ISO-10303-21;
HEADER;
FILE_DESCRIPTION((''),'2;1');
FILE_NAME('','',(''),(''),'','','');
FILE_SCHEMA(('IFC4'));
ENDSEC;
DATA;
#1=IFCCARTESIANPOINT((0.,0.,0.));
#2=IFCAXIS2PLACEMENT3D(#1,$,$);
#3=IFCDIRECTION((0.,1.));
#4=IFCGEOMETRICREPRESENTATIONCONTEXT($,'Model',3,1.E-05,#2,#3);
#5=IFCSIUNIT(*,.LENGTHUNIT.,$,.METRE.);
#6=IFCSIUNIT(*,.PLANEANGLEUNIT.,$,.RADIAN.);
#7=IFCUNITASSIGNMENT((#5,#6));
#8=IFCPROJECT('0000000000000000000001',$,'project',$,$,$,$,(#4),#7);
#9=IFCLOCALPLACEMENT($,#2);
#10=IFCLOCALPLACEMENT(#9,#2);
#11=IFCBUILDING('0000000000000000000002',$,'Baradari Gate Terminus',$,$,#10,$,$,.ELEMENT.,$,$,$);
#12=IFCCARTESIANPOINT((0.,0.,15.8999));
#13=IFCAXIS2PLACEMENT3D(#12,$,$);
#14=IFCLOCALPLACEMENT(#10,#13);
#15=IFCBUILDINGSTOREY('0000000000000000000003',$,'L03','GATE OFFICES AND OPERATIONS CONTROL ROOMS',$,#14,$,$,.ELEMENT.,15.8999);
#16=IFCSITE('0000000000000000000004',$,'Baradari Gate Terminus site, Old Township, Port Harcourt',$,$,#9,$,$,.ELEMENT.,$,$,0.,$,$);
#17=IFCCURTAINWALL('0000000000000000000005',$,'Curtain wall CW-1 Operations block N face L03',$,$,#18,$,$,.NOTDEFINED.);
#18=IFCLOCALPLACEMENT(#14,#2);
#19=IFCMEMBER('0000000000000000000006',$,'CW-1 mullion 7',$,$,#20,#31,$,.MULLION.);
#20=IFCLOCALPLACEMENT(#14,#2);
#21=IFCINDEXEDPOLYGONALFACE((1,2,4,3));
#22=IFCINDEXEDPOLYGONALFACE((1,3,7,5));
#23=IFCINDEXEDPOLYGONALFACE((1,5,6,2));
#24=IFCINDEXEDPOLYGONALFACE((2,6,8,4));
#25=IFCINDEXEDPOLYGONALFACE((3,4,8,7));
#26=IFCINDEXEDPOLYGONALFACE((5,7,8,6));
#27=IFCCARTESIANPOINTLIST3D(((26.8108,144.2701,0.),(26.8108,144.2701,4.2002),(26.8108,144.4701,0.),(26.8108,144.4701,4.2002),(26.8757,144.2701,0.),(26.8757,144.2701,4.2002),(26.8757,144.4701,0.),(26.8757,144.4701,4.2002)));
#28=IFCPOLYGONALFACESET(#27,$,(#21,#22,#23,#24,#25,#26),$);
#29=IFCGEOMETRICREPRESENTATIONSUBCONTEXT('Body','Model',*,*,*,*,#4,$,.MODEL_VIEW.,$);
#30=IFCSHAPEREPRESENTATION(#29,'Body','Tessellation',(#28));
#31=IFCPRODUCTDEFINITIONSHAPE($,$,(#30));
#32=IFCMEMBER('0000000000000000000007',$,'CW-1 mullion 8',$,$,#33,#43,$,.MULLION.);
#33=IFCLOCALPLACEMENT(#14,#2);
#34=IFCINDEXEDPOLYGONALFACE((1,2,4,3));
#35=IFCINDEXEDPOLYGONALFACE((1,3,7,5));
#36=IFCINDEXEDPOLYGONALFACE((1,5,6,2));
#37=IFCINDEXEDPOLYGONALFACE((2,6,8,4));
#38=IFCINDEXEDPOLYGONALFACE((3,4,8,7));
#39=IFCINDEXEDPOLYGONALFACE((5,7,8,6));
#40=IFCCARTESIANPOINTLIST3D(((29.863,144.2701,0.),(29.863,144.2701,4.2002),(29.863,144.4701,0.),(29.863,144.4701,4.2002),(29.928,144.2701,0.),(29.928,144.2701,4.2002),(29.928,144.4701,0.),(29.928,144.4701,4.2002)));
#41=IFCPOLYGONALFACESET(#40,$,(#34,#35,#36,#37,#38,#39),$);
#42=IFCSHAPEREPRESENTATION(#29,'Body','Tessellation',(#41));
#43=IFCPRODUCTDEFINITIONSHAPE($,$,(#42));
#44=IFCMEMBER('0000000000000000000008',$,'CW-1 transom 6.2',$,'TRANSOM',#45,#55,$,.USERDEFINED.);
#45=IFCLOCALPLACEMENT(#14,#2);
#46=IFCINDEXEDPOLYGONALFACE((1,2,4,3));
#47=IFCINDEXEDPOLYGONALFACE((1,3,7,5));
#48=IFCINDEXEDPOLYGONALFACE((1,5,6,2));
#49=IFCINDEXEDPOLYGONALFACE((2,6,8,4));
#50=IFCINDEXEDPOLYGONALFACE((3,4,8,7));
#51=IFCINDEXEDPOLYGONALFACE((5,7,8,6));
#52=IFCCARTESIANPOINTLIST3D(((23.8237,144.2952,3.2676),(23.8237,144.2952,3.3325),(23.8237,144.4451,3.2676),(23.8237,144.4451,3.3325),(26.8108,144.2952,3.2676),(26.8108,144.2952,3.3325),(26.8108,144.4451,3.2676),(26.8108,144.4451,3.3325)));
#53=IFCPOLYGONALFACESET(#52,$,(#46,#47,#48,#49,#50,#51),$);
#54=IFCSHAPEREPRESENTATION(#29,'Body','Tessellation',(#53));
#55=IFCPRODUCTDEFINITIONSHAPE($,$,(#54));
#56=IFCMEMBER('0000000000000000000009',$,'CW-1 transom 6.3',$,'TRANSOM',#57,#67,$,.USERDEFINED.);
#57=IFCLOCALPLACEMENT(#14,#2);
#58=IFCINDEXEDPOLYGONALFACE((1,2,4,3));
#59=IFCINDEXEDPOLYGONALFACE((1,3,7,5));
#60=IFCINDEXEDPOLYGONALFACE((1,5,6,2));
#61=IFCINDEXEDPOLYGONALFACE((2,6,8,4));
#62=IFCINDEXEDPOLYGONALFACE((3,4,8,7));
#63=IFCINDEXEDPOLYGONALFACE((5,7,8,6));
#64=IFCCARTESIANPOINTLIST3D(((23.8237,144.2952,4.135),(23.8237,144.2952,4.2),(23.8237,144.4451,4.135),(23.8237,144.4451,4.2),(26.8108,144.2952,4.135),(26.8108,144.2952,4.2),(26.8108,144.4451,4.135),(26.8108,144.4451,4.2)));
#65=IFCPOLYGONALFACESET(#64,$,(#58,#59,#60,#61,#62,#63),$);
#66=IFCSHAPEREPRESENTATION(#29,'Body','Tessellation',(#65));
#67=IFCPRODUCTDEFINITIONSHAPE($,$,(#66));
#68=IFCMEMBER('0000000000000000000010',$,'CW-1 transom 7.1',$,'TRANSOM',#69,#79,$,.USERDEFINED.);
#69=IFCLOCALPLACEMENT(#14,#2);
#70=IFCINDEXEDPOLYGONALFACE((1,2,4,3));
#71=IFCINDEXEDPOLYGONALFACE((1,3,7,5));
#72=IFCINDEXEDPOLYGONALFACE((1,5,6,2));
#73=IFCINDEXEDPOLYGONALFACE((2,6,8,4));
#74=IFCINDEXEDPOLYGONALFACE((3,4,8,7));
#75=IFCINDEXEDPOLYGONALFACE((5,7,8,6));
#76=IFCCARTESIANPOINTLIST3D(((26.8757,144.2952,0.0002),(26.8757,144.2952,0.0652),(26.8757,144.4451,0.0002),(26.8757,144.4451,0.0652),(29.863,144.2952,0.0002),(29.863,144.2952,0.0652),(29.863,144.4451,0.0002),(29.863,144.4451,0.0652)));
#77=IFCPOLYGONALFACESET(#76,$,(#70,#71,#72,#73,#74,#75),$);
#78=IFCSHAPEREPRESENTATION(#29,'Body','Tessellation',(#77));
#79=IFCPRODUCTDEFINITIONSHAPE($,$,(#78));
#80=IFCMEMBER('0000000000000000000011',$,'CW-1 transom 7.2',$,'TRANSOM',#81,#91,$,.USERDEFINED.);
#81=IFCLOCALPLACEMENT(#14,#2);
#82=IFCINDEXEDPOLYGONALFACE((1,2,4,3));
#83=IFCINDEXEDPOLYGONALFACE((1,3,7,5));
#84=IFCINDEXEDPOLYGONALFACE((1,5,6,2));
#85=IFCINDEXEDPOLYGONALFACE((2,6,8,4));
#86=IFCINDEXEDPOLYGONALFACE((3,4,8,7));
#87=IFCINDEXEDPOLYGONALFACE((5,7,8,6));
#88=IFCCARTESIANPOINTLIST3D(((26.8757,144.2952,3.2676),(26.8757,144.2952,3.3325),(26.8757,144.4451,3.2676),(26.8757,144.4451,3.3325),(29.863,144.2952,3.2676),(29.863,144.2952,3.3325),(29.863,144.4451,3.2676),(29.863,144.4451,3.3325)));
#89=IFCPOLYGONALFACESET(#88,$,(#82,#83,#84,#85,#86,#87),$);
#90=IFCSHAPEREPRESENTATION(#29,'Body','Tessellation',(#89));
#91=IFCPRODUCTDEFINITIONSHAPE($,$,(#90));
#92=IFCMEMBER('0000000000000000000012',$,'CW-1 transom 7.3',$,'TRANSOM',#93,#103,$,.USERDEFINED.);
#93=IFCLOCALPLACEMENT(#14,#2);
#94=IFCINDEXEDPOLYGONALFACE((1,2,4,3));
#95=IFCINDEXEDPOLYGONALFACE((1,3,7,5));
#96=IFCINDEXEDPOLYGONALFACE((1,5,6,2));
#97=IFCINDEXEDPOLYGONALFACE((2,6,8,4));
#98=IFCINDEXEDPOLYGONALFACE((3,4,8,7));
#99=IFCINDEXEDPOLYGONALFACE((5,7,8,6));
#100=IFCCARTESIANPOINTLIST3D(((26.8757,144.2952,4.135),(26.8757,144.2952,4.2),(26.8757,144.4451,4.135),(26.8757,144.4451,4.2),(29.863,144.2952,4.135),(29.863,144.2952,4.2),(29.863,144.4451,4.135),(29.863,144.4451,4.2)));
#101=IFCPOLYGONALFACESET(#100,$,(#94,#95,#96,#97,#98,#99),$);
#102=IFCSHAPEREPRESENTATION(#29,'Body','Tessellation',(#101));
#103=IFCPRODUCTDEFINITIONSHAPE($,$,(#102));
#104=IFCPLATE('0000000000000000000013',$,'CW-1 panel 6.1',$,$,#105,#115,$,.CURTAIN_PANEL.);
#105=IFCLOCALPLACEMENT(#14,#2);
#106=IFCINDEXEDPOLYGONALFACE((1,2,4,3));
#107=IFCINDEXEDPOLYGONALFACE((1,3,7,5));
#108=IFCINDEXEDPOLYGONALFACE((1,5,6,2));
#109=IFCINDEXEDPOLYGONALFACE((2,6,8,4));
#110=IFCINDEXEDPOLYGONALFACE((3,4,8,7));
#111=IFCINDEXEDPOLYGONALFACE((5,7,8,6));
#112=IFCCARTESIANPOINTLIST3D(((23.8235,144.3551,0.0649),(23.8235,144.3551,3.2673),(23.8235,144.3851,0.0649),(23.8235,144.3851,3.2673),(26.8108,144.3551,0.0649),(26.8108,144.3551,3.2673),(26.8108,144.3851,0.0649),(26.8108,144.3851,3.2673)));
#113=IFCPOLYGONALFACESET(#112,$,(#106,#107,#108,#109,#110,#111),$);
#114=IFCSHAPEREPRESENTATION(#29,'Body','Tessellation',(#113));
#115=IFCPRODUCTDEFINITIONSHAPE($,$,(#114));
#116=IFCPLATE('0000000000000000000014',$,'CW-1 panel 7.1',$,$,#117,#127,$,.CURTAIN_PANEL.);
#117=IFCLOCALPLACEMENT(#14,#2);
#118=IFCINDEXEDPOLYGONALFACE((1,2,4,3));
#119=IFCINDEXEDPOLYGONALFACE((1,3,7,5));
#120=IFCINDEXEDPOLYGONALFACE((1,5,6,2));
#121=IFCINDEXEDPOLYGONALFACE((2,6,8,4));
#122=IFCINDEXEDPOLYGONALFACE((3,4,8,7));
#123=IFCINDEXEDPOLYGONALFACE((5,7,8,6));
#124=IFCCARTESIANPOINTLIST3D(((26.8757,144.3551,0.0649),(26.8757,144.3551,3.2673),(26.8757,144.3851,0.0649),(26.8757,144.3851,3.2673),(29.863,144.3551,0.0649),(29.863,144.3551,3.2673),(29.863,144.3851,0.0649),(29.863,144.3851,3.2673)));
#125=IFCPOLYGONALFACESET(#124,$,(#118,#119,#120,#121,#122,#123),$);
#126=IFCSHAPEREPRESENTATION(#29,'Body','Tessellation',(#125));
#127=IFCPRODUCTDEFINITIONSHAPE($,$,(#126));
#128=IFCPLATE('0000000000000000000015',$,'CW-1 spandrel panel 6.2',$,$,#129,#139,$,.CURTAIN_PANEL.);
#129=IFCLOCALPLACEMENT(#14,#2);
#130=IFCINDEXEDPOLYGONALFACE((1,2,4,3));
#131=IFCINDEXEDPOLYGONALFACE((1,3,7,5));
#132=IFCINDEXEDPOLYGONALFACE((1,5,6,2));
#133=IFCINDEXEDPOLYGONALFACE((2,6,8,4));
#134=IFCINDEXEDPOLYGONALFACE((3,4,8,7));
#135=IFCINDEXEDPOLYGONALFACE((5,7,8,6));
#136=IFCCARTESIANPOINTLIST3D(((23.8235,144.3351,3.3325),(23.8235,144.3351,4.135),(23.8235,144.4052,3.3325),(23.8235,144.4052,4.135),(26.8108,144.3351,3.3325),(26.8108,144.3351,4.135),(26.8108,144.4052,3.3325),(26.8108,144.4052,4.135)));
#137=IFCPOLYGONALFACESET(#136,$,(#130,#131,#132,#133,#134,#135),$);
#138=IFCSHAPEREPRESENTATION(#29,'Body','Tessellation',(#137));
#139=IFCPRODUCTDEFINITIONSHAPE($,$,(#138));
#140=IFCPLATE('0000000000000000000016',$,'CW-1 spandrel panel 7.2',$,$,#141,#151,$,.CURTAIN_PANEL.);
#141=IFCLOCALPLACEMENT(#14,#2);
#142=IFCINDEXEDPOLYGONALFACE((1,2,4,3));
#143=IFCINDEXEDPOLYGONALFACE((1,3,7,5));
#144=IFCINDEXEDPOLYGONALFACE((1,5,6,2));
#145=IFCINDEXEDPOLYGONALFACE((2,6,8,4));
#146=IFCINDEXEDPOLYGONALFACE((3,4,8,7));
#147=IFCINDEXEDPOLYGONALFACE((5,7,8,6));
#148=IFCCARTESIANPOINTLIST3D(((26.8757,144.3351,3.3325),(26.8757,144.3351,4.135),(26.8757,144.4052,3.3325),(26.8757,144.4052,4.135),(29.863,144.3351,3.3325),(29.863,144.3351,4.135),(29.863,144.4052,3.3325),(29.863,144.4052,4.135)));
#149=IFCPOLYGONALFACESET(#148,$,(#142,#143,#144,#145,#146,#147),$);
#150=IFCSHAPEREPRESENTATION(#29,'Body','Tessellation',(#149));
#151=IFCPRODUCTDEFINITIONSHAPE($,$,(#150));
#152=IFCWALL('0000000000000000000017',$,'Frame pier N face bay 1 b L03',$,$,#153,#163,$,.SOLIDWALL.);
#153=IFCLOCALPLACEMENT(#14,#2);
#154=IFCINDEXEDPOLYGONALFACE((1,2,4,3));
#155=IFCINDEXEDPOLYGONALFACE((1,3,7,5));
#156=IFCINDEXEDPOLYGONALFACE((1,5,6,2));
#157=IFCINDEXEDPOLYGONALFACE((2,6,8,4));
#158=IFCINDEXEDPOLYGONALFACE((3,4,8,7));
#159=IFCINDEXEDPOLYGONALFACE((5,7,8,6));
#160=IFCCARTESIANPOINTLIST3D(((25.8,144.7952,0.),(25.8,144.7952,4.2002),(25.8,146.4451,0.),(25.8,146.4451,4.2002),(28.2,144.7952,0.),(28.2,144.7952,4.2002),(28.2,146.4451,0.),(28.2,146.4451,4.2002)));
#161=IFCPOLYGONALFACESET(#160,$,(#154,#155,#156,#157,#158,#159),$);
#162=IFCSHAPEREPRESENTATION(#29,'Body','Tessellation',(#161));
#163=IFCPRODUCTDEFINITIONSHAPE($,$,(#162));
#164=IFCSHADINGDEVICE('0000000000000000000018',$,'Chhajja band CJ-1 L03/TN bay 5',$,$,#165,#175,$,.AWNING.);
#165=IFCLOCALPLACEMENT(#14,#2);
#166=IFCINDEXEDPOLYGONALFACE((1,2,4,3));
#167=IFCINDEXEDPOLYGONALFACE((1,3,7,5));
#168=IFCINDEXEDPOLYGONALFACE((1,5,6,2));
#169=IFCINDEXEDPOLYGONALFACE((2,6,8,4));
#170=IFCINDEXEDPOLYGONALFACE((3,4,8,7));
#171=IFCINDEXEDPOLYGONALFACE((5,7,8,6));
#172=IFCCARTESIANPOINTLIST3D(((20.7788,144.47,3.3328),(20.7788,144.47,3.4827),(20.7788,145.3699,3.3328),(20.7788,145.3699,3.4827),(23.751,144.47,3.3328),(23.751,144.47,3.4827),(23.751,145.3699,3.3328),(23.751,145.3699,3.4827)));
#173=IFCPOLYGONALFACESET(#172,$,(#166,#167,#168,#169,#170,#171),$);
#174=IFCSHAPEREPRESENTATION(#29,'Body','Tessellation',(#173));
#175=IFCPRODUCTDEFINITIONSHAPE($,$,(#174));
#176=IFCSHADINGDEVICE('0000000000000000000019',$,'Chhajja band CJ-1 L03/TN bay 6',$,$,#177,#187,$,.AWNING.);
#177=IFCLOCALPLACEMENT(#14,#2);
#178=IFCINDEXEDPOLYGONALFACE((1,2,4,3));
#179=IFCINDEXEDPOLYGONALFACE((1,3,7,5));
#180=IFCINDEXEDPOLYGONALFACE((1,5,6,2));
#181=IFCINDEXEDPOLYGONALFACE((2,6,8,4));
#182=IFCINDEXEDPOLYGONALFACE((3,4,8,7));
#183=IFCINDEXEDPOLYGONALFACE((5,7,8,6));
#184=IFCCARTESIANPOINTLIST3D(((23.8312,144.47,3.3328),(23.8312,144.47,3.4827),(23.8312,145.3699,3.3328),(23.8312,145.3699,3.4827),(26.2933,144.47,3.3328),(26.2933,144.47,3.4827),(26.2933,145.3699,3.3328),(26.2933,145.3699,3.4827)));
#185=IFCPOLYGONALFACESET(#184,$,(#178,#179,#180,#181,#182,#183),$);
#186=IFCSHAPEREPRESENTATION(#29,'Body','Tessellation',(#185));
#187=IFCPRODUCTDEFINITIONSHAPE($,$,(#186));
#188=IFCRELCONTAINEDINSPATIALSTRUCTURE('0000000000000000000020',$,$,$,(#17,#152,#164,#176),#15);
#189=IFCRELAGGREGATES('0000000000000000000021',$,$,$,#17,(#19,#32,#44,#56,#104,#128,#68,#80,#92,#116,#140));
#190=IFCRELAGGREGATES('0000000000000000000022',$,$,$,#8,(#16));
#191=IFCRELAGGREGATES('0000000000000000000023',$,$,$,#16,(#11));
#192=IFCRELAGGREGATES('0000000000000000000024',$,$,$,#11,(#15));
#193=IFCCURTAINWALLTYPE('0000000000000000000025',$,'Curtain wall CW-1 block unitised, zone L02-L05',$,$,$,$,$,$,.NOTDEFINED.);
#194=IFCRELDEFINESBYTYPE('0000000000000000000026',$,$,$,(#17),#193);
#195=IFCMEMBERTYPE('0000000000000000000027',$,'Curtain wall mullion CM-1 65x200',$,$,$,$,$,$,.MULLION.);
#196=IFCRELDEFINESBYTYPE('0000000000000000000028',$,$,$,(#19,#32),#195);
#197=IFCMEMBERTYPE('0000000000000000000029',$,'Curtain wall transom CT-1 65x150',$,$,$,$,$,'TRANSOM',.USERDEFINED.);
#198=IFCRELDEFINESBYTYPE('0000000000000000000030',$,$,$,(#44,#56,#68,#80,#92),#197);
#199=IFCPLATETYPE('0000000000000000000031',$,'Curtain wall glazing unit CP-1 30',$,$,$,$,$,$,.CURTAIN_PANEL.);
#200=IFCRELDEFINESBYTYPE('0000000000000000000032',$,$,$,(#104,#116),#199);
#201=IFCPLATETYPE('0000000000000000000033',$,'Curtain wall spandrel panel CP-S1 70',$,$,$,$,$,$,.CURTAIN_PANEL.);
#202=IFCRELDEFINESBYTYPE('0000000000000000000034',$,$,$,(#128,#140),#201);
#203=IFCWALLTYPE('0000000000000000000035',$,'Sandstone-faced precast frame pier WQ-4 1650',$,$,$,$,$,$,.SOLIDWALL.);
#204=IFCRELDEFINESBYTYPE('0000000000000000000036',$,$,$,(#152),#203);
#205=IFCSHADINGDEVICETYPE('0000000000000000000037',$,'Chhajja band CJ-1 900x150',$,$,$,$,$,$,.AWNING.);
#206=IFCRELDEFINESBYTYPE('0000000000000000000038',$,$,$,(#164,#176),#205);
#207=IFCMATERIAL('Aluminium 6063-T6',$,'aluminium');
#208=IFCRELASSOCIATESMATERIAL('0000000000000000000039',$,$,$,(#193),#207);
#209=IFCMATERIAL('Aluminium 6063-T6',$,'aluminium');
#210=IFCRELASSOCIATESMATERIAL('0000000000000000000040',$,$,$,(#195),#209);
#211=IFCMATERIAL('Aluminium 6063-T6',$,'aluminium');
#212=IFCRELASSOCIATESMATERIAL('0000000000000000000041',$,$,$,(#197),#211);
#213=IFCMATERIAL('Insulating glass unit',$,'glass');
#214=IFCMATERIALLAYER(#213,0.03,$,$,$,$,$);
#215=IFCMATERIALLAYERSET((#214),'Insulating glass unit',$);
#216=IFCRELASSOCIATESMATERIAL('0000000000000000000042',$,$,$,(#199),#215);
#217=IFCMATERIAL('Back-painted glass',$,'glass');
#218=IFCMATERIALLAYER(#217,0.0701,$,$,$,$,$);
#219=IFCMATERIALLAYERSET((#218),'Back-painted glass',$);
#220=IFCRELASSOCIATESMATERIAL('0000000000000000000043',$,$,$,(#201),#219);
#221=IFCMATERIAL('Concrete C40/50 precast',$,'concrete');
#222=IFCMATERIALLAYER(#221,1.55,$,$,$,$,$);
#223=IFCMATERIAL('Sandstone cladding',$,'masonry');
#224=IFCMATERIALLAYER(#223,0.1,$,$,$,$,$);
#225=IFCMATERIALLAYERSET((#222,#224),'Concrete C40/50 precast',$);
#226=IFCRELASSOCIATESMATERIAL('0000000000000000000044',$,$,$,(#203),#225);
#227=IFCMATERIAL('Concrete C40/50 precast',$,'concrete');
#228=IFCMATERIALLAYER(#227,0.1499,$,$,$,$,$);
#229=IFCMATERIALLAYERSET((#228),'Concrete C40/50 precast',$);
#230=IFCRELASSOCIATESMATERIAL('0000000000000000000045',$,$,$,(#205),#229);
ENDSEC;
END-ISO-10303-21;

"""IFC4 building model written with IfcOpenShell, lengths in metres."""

from ifc_helpers import new_model, si_unit, direction, frame, frame_2d, origin, origin_2d, place, context, subcontext, project, spatial, rectangle, extrude, material, layer, layer_set, material_profile, profile_set, type_object, element, aggregate, save


model = new_model("IFC4")

# Units and contexts
model_context = context("Model", 3, precision=1e-05, world=origin(), true_north=direction((0.0, 1.0)))
body_context = subcontext(model_context, "Body", "Model", "MODEL_VIEW")
ifc_project = project(units=[si_unit("LENGTHUNIT", "METRE"), si_unit("PLANEANGLEUNIT", "RADIAN")], contexts=[model_context])

# Site, building, storey
site_placement = place(None, origin())
site = spatial("IfcSite", under=ifc_project, at=site_placement, Name="Baradari Gate Terminus site, Old Township, Port Harcourt", CompositionType="ELEMENT", RefElevation=0.0)
building_placement = place(site_placement, origin())
building = spatial("IfcBuilding", under=site, at=building_placement, Name="Baradari Gate Terminus", CompositionType="ELEMENT")
storey_placement = place(building_placement, frame((0.0, 0.0, 15.8999)))
storey = spatial("IfcBuildingStorey", under=building, at=storey_placement, Name="L03", Description="GATE OFFICES AND OPERATIONS CONTROL ROOMS", CompositionType="ELEMENT", Elevation=15.8999)

# Curtain wall, members, plates
ifc_material_1 = material(Name="Aluminium 6063-T6", Category="aluminium")
curtain_wall_type = type_object("IfcCurtainWallType", Name="Curtain wall CW-1 block unitised, zone L02-L05", PredefinedType="NOTDEFINED", material=ifc_material_1)
curtain_wall_placement = place(storey_placement, origin())
curtain_wall = element("IfcCurtainWall", 1, at=curtain_wall_placement, inside=storey, type_object=curtain_wall_type, Name="Curtain wall CW-1 Operations block N face L03", PredefinedType="NOTDEFINED")
ifc_material_2 = material(Name="Aluminium 6063-T6", Category="aluminium")
ifc_material_profile_1 = material_profile(ifc_material_2, rectangle(XDim=0.2, YDim=0.0649, at=origin_2d()), Name="CM-1 65X200")
ifc_profile_set_1 = profile_set([ifc_material_profile_1], Name="Aluminium 6063-T6")
member_type_1 = type_object("IfcMemberType", Name="Curtain wall mullion CM-1 65x200", PredefinedType="MULLION", material=ifc_profile_set_1)
member_1_placement = place(storey_placement, frame((26.8433, 144.3701, 0.0), z_axis=(0.0, 0.0, 1.0), x_axis=(0.0, 1.0, 0.0)))
member_1 = element("IfcMember", 2, at=member_1_placement, type_object=member_type_1, Name="CW-1 mullion 7", PredefinedType="MULLION", context=body_context, shape_type="SweptSolid", body=[
    extrude(rectangle(XDim=0.2, YDim=0.0649, at=origin_2d()), origin(), (0.0, 0.0, 1.0), 4.2002),
])
member_2_placement = place(storey_placement, frame((29.8955, 144.3701, 0.0), z_axis=(0.0, 0.0, 1.0), x_axis=(0.0, 1.0, 0.0)))
member_2 = element("IfcMember", 3, at=member_2_placement, type_object=member_type_1, Name="CW-1 mullion 8", PredefinedType="MULLION", context=body_context, shape_type="SweptSolid", body=[
    extrude(rectangle(XDim=0.2, YDim=0.0649, at=origin_2d()), origin(), (0.0, 0.0, 1.0), 4.2002),
])
ifc_material_3 = material(Name="Aluminium 6063-T6", Category="aluminium")
ifc_material_profile_2 = material_profile(ifc_material_3, rectangle(XDim=0.1499, YDim=0.0649, at=origin_2d()), Name="CT-1 65X150")
ifc_profile_set_2 = profile_set([ifc_material_profile_2], Name="Aluminium 6063-T6")
member_type_2 = type_object("IfcMemberType", Name="Curtain wall transom CT-1 65x150", ElementType="TRANSOM", PredefinedType="USERDEFINED", material=ifc_profile_set_2)
member_3_placement = place(storey_placement, frame((23.8237, 144.3701, 3.3), z_axis=(1.0, 0.0, 0.0), x_axis=(0.0, 1.0, 0.0)))
member_3 = element("IfcMember", 4, at=member_3_placement, type_object=member_type_2, Name="CW-1 transom 6.2", ObjectType="TRANSOM", PredefinedType="USERDEFINED", context=body_context, shape_type="SweptSolid", body=[
    extrude(rectangle(XDim=0.1499, YDim=0.0649, at=origin_2d()), origin(), (0.0, 0.0, 1.0), 2.9871),
])
member_4_placement = place(storey_placement, frame((23.8237, 144.3701, 4.1675), z_axis=(1.0, 0.0, 0.0), x_axis=(0.0, 1.0, 0.0)))
member_4 = element("IfcMember", 5, at=member_4_placement, type_object=member_type_2, Name="CW-1 transom 6.3", ObjectType="TRANSOM", PredefinedType="USERDEFINED", context=body_context, shape_type="SweptSolid", body=[
    extrude(rectangle(XDim=0.1499, YDim=0.0649, at=origin_2d()), origin(), (0.0, 0.0, 1.0), 2.9871),
])
member_5_placement = place(storey_placement, frame((26.8757, 144.3701, 0.0327), z_axis=(1.0, 0.0, 0.0), x_axis=(0.0, 1.0, 0.0)))
member_5 = element("IfcMember", 6, at=member_5_placement, type_object=member_type_2, Name="CW-1 transom 7.1", ObjectType="TRANSOM", PredefinedType="USERDEFINED", context=body_context, shape_type="SweptSolid", body=[
    extrude(rectangle(XDim=0.1499, YDim=0.0649, at=origin_2d()), origin(), (0.0, 0.0, 1.0), 2.9873),
])
member_6_placement = place(storey_placement, frame((26.8757, 144.3701, 3.3), z_axis=(1.0, 0.0, 0.0), x_axis=(0.0, 1.0, 0.0)))
member_6 = element("IfcMember", 7, at=member_6_placement, type_object=member_type_2, Name="CW-1 transom 7.2", ObjectType="TRANSOM", PredefinedType="USERDEFINED", context=body_context, shape_type="SweptSolid", body=[
    extrude(rectangle(XDim=0.1499, YDim=0.0649, at=origin_2d()), origin(), (0.0, 0.0, 1.0), 2.9873),
])
member_7_placement = place(storey_placement, frame((26.8757, 144.3701, 4.1675), z_axis=(1.0, 0.0, 0.0), x_axis=(0.0, 1.0, 0.0)))
member_7 = element("IfcMember", 8, at=member_7_placement, type_object=member_type_2, Name="CW-1 transom 7.3", ObjectType="TRANSOM", PredefinedType="USERDEFINED", context=body_context, shape_type="SweptSolid", body=[
    extrude(rectangle(XDim=0.1499, YDim=0.0649, at=origin_2d()), origin(), (0.0, 0.0, 1.0), 2.9873),
])
ifc_material_4 = material(Name="Insulating glass unit", Category="glass")
ifc_layer_1 = layer(ifc_material_4, 0.03)
ifc_layer_set_1 = layer_set([ifc_layer_1], Name="Insulating glass unit")
plate_type_1 = type_object("IfcPlateType", Name="Curtain wall glazing unit CP-1 30", PredefinedType="CURTAIN_PANEL", material=ifc_layer_set_1)
plate_1_placement = place(storey_placement, frame((25.3171, 144.3701, 0.0649), z_axis=(0.0, 0.0, 1.0), x_axis=(1.0, 0.0, 0.0)))
plate_1 = element("IfcPlate", 9, at=plate_1_placement, type_object=plate_type_1, Name="CW-1 panel 6.1", PredefinedType="CURTAIN_PANEL", context=body_context, shape_type="SweptSolid", body=[
    extrude(rectangle(XDim=2.9873, YDim=0.03, at=origin_2d()), origin(), (0.0, 0.0, 1.0), 3.2024),
])
plate_2_placement = place(storey_placement, frame((28.3694, 144.3701, 0.0649), z_axis=(0.0, 0.0, 1.0), x_axis=(1.0, 0.0, 0.0)))
plate_2 = element("IfcPlate", 10, at=plate_2_placement, type_object=plate_type_1, Name="CW-1 panel 7.1", PredefinedType="CURTAIN_PANEL", context=body_context, shape_type="SweptSolid", body=[
    extrude(rectangle(XDim=2.9873, YDim=0.03, at=origin_2d()), origin(), (0.0, 0.0, 1.0), 3.2024),
])
ifc_material_5 = material(Name="Back-painted glass", Category="glass")
ifc_layer_2 = layer(ifc_material_5, 0.0701)
ifc_layer_set_2 = layer_set([ifc_layer_2], Name="Back-painted glass")
plate_type_2 = type_object("IfcPlateType", Name="Curtain wall spandrel panel CP-S1 70", PredefinedType="CURTAIN_PANEL", material=ifc_layer_set_2)
plate_3_placement = place(storey_placement, frame((25.3171, 144.3701, 3.3325), z_axis=(0.0, 0.0, 1.0), x_axis=(1.0, 0.0, 0.0)))
plate_3 = element("IfcPlate", 11, at=plate_3_placement, type_object=plate_type_2, Name="CW-1 spandrel panel 6.2", PredefinedType="CURTAIN_PANEL", context=body_context, shape_type="SweptSolid", body=[
    extrude(rectangle(XDim=2.9873, YDim=0.0701, at=origin_2d()), origin(), (0.0, 0.0, 1.0), 0.8025),
])
plate_4_placement = place(storey_placement, frame((28.3694, 144.3701, 3.3325), z_axis=(0.0, 0.0, 1.0), x_axis=(1.0, 0.0, 0.0)))
plate_4 = element("IfcPlate", 12, at=plate_4_placement, type_object=plate_type_2, Name="CW-1 spandrel panel 7.2", PredefinedType="CURTAIN_PANEL", context=body_context, shape_type="SweptSolid", body=[
    extrude(rectangle(XDim=2.9873, YDim=0.0701, at=origin_2d()), origin(), (0.0, 0.0, 1.0), 0.8025),
])
aggregate(curtain_wall, [member_1, member_2, member_3, member_4, plate_1, plate_3, member_5, member_6, member_7, plate_2, plate_4])

# Wall
ifc_material_6 = material(Name="Concrete C40/50 precast", Category="concrete")
ifc_layer_3 = layer(ifc_material_6, 1.55)
ifc_material_7 = material(Name="Sandstone cladding", Category="masonry")
ifc_layer_4 = layer(ifc_material_7, 0.1)
ifc_layer_set_3 = layer_set([ifc_layer_3, ifc_layer_4], Name="Concrete C40/50 precast")
wall_type = type_object("IfcWallType", Name="Sandstone-faced precast frame pier WQ-4 1650", PredefinedType="SOLIDWALL", material=ifc_layer_set_3)
wall_placement = place(storey_placement, frame((25.8, 145.6201, 0.0), z_axis=(0.0, 0.0, 1.0), x_axis=(1.0, 0.0, 0.0)))
element("IfcWall", 13, at=wall_placement, inside=storey, type_object=wall_type, Name="Frame pier N face bay 1 b L03", PredefinedType="SOLIDWALL", context=body_context, shape_type="SweptSolid", body=[
    extrude(rectangle(XDim=2.3999, YDim=1.6499, at=frame_2d((1.2, 0.0))), origin(), (0.0, 0.0, 1.0), 4.2002),
])

# Shading devices
ifc_material_8 = material(Name="Concrete C40/50 precast", Category="concrete")
ifc_layer_5 = layer(ifc_material_8, 0.1499)
ifc_layer_set_4 = layer_set([ifc_layer_5], Name="Concrete C40/50 precast")
shading_device_type_1 = type_object("IfcShadingDeviceType", Name="Chhajja band CJ-1 900x150", PredefinedType="AWNING", material=ifc_layer_set_4)
shading_device_1_placement = place(storey_placement, frame((22.2649, 144.9199, 3.3328), z_axis=(0.0, 0.0, 1.0), x_axis=(1.0, 0.0, 0.0)))
element("IfcShadingDevice", 14, at=shading_device_1_placement, inside=storey, type_object=shading_device_type_1, Name="Chhajja band CJ-1 L03/TN bay 5", PredefinedType="AWNING", context=body_context, shape_type="SweptSolid", body=[
    extrude(rectangle(XDim=2.9722, YDim=0.8999, at=origin_2d()), origin(), (0.0, 0.0, 1.0), 0.1499),
])
shading_device_2_placement = place(storey_placement, frame((25.0623, 144.9199, 3.3328), z_axis=(0.0, 0.0, 1.0), x_axis=(1.0, 0.0, 0.0)))
element("IfcShadingDevice", 15, at=shading_device_2_placement, inside=storey, type_object=shading_device_type_1, Name="Chhajja band CJ-1 L03/TN bay 6", PredefinedType="AWNING", context=body_context, shape_type="SweptSolid", body=[
    extrude(rectangle(XDim=2.4622, YDim=0.8999, at=origin_2d()), origin(), (0.0, 0.0, 1.0), 0.1499),
])

save(model, "model.ifc")
